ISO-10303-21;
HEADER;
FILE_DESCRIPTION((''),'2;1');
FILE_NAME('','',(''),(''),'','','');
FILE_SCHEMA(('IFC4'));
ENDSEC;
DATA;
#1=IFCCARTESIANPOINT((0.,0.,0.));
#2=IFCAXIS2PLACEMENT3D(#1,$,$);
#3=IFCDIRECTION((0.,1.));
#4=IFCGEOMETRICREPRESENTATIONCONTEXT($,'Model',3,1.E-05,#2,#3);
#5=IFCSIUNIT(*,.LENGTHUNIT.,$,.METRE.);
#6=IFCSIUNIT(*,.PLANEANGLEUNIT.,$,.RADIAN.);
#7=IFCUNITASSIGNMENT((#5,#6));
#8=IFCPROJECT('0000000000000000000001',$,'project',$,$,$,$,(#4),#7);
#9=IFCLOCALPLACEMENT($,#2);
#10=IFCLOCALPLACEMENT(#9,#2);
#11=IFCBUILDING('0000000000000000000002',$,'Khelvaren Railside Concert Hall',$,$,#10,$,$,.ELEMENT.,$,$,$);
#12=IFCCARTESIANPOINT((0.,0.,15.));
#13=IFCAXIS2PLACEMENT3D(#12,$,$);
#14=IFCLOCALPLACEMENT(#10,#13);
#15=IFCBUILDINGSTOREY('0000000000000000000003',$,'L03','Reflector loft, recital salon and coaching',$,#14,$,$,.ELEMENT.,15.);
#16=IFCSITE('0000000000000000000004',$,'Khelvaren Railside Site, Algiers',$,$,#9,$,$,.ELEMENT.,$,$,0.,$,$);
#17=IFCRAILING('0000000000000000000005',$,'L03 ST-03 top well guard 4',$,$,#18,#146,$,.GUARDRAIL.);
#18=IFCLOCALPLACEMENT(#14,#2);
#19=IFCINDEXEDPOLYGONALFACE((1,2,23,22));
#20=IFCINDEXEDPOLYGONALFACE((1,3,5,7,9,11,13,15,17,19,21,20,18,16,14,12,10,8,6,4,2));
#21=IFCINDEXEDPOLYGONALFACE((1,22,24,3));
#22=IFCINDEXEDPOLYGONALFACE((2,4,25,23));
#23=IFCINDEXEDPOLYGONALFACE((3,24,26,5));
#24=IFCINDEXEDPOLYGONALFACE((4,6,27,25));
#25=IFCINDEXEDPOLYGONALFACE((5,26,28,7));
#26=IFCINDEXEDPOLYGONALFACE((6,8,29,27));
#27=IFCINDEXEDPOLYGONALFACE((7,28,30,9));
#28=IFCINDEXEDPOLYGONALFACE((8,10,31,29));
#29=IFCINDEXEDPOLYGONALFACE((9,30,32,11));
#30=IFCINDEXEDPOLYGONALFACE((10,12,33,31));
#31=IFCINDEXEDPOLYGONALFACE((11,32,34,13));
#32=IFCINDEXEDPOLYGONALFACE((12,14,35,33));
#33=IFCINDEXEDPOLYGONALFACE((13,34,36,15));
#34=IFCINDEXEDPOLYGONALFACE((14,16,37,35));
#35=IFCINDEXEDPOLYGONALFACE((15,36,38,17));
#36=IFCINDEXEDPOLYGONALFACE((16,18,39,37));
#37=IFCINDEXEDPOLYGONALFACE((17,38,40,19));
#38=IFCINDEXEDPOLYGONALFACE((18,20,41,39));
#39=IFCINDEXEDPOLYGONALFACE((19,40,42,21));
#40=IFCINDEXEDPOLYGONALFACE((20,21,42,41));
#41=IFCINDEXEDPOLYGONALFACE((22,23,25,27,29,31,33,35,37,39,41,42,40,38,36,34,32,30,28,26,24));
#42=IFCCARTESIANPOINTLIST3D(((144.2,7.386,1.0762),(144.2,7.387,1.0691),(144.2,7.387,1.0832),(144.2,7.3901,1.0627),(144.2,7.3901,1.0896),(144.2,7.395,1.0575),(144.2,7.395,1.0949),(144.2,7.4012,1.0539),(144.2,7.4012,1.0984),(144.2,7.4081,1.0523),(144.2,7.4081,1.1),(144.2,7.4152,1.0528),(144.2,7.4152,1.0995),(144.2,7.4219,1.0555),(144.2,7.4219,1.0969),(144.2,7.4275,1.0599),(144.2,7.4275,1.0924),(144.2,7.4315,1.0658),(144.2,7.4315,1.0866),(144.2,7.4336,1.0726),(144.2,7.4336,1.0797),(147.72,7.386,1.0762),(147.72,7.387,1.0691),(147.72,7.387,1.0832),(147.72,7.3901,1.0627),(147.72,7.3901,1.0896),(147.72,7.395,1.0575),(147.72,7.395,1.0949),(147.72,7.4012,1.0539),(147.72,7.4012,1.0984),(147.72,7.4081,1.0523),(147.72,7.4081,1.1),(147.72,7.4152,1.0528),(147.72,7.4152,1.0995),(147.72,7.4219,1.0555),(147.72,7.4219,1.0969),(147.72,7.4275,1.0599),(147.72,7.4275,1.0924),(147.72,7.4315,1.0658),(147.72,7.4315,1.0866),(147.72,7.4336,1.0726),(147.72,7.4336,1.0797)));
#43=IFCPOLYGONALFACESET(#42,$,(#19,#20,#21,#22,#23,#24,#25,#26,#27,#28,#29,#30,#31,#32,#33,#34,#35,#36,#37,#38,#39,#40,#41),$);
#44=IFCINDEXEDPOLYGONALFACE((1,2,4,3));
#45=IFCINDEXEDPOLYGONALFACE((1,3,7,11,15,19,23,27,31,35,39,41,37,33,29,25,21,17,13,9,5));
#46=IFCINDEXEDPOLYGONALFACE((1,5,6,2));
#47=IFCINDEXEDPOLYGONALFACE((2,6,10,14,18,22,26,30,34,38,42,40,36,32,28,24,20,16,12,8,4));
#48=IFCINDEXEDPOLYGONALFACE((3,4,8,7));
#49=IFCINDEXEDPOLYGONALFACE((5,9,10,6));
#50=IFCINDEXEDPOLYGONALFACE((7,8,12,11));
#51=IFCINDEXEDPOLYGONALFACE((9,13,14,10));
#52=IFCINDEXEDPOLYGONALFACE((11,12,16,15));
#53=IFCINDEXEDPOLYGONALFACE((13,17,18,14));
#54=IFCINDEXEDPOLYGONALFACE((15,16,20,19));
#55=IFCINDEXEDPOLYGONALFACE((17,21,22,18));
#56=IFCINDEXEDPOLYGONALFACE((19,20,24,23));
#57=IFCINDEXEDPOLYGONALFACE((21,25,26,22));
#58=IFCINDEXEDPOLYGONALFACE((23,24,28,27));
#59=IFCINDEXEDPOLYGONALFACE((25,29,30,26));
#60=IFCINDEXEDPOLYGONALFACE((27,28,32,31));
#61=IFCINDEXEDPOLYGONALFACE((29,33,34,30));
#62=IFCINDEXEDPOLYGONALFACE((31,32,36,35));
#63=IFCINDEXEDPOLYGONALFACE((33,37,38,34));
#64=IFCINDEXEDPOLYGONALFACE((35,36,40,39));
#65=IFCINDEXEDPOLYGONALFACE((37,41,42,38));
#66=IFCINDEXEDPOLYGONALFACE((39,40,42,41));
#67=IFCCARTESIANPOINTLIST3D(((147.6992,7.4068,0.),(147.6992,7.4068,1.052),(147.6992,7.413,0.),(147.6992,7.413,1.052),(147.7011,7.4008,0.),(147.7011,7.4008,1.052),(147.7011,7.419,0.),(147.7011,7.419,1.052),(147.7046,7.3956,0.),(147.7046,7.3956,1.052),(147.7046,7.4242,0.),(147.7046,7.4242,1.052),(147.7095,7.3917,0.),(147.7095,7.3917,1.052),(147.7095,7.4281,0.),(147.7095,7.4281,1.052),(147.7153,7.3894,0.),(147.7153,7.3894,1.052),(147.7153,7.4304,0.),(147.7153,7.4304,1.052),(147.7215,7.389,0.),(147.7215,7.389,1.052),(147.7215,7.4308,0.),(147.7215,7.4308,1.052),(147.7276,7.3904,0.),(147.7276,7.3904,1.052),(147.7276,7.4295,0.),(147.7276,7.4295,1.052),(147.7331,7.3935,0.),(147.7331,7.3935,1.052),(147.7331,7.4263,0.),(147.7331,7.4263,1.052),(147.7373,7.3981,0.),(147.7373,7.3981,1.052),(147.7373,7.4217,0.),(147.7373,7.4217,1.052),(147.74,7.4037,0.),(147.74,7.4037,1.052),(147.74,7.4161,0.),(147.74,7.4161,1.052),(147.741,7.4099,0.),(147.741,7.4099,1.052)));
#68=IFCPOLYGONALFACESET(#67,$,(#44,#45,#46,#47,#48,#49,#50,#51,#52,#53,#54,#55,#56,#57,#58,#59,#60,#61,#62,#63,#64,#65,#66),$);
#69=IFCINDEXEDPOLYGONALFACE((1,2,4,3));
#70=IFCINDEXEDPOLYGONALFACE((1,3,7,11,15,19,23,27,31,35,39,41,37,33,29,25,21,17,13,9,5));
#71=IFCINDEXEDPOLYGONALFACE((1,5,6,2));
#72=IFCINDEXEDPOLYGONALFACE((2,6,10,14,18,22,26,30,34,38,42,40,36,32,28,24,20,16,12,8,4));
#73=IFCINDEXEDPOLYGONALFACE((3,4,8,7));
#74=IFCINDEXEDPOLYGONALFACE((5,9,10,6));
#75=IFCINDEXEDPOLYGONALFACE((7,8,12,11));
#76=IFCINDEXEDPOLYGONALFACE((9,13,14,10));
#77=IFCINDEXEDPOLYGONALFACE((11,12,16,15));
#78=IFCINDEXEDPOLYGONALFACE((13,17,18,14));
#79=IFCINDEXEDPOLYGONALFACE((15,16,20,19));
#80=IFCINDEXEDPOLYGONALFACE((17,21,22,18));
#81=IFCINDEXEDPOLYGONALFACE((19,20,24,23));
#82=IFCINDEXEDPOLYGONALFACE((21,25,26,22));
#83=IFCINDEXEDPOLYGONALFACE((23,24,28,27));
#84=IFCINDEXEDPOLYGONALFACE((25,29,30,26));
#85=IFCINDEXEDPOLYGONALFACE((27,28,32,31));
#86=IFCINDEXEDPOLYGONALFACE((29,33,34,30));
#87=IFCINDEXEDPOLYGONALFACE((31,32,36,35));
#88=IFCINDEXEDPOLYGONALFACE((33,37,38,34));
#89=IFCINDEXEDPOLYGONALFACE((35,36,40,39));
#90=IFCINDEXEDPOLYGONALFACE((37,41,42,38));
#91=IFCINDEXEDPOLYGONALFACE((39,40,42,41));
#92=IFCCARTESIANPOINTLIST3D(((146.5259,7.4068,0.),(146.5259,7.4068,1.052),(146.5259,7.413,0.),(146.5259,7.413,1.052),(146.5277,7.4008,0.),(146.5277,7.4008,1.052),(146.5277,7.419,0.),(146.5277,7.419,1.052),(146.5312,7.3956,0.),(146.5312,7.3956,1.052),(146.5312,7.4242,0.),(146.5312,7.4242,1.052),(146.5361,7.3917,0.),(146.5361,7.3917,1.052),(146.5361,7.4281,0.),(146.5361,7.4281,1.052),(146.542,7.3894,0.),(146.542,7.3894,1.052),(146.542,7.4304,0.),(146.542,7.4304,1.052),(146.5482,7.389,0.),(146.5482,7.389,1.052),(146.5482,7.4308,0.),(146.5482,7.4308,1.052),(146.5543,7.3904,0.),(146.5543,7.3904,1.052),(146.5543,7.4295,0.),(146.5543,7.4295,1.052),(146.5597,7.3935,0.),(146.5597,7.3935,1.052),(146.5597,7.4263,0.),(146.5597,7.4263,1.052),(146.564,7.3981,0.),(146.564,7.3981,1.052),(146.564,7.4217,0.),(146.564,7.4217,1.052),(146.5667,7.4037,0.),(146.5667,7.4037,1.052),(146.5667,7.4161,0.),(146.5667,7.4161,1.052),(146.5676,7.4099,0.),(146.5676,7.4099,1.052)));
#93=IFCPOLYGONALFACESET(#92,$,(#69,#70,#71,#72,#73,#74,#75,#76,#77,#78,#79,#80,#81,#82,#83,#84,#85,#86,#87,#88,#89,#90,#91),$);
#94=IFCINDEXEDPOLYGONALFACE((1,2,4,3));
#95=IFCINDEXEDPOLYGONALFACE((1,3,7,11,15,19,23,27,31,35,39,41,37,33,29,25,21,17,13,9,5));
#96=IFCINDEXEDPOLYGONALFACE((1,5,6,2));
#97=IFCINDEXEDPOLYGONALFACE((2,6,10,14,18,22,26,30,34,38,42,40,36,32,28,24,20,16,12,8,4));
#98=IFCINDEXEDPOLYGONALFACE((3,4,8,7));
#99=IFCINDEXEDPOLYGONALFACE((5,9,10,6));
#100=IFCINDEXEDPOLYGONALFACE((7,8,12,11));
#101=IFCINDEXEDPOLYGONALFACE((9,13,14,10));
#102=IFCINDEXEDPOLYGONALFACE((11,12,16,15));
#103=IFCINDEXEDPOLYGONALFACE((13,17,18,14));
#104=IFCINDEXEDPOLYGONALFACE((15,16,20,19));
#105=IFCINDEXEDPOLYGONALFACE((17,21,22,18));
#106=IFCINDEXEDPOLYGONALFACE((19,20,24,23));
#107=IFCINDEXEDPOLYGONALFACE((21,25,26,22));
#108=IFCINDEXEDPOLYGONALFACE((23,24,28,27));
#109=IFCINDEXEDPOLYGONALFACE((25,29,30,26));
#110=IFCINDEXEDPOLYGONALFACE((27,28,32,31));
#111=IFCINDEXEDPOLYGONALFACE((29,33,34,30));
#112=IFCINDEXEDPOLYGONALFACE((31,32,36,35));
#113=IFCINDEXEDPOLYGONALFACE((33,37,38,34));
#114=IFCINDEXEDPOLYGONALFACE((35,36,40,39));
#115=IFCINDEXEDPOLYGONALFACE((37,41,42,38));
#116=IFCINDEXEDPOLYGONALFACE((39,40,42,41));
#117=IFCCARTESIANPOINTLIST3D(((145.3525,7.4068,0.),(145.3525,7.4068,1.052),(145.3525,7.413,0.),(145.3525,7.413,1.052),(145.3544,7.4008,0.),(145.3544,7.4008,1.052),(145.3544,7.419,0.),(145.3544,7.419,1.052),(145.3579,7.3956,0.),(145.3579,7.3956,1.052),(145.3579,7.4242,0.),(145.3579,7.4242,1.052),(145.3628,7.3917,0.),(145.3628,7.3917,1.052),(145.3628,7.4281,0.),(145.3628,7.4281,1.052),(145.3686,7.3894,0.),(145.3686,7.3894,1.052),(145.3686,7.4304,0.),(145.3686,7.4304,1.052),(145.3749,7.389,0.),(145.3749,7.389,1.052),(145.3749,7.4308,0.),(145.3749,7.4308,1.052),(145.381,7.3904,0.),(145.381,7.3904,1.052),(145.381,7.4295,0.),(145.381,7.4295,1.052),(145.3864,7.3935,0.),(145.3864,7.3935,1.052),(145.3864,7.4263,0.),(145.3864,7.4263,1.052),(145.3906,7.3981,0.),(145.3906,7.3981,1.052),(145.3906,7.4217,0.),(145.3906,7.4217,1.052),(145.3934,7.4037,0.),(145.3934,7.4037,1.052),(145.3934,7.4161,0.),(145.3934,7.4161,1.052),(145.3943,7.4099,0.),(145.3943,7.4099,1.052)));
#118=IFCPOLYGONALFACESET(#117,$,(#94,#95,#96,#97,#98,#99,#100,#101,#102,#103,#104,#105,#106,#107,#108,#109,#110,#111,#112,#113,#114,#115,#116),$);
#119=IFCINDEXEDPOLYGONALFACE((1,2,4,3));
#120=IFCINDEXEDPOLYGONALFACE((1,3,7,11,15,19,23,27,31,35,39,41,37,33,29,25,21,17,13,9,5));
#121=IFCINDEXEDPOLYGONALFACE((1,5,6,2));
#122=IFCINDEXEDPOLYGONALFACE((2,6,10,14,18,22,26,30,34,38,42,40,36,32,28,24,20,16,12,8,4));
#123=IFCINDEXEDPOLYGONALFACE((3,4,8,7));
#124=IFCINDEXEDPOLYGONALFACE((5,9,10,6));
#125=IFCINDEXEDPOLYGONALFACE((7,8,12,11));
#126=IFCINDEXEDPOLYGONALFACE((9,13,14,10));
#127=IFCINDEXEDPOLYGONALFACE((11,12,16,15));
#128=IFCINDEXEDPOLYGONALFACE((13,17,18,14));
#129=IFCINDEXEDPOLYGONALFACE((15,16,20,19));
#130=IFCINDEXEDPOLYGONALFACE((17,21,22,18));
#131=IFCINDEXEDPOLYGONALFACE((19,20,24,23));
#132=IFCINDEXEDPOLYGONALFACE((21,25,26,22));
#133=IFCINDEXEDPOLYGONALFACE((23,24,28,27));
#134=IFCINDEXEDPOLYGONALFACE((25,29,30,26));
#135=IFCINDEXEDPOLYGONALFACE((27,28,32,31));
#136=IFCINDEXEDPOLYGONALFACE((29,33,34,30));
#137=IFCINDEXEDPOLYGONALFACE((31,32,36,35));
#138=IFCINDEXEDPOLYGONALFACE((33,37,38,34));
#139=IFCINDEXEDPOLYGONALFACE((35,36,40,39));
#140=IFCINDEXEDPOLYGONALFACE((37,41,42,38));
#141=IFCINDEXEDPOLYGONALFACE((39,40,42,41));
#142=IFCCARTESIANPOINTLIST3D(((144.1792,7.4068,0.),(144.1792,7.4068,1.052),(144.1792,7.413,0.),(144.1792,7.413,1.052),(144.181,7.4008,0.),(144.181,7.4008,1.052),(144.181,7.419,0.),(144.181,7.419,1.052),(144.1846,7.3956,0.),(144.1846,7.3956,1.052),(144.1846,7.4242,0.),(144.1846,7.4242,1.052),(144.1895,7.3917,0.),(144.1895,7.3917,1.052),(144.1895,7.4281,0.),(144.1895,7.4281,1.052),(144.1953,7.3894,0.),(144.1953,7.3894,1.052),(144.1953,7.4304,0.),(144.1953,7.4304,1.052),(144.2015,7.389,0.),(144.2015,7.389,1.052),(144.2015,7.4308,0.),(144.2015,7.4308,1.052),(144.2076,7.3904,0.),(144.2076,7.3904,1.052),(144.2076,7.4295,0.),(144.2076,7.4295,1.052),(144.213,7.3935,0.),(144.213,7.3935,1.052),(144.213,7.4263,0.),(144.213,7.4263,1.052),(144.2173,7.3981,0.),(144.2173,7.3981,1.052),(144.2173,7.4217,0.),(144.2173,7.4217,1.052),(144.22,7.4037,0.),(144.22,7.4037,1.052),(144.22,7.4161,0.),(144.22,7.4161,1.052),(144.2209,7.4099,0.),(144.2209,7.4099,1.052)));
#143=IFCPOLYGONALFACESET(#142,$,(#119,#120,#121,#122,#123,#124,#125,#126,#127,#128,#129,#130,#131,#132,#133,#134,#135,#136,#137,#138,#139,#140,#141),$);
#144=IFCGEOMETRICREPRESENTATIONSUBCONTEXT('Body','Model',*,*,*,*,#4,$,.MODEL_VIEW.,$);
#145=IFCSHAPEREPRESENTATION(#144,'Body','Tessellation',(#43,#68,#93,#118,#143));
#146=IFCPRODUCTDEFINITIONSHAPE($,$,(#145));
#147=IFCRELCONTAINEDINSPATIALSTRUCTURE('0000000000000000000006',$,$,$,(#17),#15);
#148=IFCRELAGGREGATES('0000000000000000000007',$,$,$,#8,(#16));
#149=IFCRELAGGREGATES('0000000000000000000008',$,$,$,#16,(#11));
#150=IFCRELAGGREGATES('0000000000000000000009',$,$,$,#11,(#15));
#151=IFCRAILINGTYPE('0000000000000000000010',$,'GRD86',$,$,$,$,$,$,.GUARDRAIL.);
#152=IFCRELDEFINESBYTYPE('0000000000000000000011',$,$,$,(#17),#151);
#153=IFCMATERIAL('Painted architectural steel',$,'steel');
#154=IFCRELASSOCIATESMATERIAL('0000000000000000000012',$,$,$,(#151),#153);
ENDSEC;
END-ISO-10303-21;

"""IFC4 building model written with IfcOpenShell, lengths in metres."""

from ifc_helpers import new_model, si_unit, direction, frame, origin, origin_2d, place, context, subcontext, project, spatial, circle, extrude, material, type_object, element, save


model = new_model("IFC4")

# Units and contexts
model_context = context("Model", 3, precision=1e-05, world=origin(), true_north=direction((0.0, 1.0)))
body_context = subcontext(model_context, "Body", "Model", "MODEL_VIEW")
ifc_project = project(units=[si_unit("LENGTHUNIT", "METRE"), si_unit("PLANEANGLEUNIT", "RADIAN")], contexts=[model_context])

# Site, building, storey
site_placement = place(None, origin())
site = spatial("IfcSite", under=ifc_project, at=site_placement, Name="Khelvaren Railside Site, Algiers", CompositionType="ELEMENT", RefElevation=0.0)
building_placement = place(site_placement, origin())
building = spatial("IfcBuilding", under=site, at=building_placement, Name="Khelvaren Railside Concert Hall", CompositionType="ELEMENT")
storey_placement = place(building_placement, frame((0.0, 0.0, 15.0)))
storey = spatial("IfcBuildingStorey", under=building, at=storey_placement, Name="L03", Description="Reflector loft, recital salon and coaching", CompositionType="ELEMENT", Elevation=15.0)

# Railing
ifc_material_1 = material(Name="Painted architectural steel", Category="steel")
railing_type_1 = type_object("IfcRailingType", Name="GRD86", PredefinedType="GUARDRAIL", material=ifc_material_1)
railing_1_placement = place(storey_placement, frame((147.72, 7.4099, 0.0)))
element("IfcRailing", 1, at=railing_1_placement, inside=storey, type_object=railing_type_1, Name="L03 ST-03 top well guard 4", PredefinedType="GUARDRAIL", context=body_context, shape_type="SweptSolid", body=[
    extrude(circle(Radius=0.0239, at=origin_2d()), frame((0.0, 0.0, 1.0762), z_axis=(-1.0, 0.0, 0.0), x_axis=(0.0, -1.0, 0.0)), (0.0, 0.0, 1.0), 3.52),
    extrude(circle(Radius=0.021, at=origin_2d()), origin(), (0.0, 0.0, 1.0), 1.052),
    extrude(circle(Radius=0.021, at=origin_2d()), frame((-1.1733, 0.0, 0.0)), (0.0, 0.0, 1.0), 1.052),
    extrude(circle(Radius=0.021, at=origin_2d()), frame((-2.3467, 0.0, 0.0)), (0.0, 0.0, 1.0), 1.052),
    extrude(circle(Radius=0.021, at=origin_2d()), frame((-3.52, 0.0, 0.0)), (0.0, 0.0, 1.0), 1.052),
])

save(model, "model.ifc")
